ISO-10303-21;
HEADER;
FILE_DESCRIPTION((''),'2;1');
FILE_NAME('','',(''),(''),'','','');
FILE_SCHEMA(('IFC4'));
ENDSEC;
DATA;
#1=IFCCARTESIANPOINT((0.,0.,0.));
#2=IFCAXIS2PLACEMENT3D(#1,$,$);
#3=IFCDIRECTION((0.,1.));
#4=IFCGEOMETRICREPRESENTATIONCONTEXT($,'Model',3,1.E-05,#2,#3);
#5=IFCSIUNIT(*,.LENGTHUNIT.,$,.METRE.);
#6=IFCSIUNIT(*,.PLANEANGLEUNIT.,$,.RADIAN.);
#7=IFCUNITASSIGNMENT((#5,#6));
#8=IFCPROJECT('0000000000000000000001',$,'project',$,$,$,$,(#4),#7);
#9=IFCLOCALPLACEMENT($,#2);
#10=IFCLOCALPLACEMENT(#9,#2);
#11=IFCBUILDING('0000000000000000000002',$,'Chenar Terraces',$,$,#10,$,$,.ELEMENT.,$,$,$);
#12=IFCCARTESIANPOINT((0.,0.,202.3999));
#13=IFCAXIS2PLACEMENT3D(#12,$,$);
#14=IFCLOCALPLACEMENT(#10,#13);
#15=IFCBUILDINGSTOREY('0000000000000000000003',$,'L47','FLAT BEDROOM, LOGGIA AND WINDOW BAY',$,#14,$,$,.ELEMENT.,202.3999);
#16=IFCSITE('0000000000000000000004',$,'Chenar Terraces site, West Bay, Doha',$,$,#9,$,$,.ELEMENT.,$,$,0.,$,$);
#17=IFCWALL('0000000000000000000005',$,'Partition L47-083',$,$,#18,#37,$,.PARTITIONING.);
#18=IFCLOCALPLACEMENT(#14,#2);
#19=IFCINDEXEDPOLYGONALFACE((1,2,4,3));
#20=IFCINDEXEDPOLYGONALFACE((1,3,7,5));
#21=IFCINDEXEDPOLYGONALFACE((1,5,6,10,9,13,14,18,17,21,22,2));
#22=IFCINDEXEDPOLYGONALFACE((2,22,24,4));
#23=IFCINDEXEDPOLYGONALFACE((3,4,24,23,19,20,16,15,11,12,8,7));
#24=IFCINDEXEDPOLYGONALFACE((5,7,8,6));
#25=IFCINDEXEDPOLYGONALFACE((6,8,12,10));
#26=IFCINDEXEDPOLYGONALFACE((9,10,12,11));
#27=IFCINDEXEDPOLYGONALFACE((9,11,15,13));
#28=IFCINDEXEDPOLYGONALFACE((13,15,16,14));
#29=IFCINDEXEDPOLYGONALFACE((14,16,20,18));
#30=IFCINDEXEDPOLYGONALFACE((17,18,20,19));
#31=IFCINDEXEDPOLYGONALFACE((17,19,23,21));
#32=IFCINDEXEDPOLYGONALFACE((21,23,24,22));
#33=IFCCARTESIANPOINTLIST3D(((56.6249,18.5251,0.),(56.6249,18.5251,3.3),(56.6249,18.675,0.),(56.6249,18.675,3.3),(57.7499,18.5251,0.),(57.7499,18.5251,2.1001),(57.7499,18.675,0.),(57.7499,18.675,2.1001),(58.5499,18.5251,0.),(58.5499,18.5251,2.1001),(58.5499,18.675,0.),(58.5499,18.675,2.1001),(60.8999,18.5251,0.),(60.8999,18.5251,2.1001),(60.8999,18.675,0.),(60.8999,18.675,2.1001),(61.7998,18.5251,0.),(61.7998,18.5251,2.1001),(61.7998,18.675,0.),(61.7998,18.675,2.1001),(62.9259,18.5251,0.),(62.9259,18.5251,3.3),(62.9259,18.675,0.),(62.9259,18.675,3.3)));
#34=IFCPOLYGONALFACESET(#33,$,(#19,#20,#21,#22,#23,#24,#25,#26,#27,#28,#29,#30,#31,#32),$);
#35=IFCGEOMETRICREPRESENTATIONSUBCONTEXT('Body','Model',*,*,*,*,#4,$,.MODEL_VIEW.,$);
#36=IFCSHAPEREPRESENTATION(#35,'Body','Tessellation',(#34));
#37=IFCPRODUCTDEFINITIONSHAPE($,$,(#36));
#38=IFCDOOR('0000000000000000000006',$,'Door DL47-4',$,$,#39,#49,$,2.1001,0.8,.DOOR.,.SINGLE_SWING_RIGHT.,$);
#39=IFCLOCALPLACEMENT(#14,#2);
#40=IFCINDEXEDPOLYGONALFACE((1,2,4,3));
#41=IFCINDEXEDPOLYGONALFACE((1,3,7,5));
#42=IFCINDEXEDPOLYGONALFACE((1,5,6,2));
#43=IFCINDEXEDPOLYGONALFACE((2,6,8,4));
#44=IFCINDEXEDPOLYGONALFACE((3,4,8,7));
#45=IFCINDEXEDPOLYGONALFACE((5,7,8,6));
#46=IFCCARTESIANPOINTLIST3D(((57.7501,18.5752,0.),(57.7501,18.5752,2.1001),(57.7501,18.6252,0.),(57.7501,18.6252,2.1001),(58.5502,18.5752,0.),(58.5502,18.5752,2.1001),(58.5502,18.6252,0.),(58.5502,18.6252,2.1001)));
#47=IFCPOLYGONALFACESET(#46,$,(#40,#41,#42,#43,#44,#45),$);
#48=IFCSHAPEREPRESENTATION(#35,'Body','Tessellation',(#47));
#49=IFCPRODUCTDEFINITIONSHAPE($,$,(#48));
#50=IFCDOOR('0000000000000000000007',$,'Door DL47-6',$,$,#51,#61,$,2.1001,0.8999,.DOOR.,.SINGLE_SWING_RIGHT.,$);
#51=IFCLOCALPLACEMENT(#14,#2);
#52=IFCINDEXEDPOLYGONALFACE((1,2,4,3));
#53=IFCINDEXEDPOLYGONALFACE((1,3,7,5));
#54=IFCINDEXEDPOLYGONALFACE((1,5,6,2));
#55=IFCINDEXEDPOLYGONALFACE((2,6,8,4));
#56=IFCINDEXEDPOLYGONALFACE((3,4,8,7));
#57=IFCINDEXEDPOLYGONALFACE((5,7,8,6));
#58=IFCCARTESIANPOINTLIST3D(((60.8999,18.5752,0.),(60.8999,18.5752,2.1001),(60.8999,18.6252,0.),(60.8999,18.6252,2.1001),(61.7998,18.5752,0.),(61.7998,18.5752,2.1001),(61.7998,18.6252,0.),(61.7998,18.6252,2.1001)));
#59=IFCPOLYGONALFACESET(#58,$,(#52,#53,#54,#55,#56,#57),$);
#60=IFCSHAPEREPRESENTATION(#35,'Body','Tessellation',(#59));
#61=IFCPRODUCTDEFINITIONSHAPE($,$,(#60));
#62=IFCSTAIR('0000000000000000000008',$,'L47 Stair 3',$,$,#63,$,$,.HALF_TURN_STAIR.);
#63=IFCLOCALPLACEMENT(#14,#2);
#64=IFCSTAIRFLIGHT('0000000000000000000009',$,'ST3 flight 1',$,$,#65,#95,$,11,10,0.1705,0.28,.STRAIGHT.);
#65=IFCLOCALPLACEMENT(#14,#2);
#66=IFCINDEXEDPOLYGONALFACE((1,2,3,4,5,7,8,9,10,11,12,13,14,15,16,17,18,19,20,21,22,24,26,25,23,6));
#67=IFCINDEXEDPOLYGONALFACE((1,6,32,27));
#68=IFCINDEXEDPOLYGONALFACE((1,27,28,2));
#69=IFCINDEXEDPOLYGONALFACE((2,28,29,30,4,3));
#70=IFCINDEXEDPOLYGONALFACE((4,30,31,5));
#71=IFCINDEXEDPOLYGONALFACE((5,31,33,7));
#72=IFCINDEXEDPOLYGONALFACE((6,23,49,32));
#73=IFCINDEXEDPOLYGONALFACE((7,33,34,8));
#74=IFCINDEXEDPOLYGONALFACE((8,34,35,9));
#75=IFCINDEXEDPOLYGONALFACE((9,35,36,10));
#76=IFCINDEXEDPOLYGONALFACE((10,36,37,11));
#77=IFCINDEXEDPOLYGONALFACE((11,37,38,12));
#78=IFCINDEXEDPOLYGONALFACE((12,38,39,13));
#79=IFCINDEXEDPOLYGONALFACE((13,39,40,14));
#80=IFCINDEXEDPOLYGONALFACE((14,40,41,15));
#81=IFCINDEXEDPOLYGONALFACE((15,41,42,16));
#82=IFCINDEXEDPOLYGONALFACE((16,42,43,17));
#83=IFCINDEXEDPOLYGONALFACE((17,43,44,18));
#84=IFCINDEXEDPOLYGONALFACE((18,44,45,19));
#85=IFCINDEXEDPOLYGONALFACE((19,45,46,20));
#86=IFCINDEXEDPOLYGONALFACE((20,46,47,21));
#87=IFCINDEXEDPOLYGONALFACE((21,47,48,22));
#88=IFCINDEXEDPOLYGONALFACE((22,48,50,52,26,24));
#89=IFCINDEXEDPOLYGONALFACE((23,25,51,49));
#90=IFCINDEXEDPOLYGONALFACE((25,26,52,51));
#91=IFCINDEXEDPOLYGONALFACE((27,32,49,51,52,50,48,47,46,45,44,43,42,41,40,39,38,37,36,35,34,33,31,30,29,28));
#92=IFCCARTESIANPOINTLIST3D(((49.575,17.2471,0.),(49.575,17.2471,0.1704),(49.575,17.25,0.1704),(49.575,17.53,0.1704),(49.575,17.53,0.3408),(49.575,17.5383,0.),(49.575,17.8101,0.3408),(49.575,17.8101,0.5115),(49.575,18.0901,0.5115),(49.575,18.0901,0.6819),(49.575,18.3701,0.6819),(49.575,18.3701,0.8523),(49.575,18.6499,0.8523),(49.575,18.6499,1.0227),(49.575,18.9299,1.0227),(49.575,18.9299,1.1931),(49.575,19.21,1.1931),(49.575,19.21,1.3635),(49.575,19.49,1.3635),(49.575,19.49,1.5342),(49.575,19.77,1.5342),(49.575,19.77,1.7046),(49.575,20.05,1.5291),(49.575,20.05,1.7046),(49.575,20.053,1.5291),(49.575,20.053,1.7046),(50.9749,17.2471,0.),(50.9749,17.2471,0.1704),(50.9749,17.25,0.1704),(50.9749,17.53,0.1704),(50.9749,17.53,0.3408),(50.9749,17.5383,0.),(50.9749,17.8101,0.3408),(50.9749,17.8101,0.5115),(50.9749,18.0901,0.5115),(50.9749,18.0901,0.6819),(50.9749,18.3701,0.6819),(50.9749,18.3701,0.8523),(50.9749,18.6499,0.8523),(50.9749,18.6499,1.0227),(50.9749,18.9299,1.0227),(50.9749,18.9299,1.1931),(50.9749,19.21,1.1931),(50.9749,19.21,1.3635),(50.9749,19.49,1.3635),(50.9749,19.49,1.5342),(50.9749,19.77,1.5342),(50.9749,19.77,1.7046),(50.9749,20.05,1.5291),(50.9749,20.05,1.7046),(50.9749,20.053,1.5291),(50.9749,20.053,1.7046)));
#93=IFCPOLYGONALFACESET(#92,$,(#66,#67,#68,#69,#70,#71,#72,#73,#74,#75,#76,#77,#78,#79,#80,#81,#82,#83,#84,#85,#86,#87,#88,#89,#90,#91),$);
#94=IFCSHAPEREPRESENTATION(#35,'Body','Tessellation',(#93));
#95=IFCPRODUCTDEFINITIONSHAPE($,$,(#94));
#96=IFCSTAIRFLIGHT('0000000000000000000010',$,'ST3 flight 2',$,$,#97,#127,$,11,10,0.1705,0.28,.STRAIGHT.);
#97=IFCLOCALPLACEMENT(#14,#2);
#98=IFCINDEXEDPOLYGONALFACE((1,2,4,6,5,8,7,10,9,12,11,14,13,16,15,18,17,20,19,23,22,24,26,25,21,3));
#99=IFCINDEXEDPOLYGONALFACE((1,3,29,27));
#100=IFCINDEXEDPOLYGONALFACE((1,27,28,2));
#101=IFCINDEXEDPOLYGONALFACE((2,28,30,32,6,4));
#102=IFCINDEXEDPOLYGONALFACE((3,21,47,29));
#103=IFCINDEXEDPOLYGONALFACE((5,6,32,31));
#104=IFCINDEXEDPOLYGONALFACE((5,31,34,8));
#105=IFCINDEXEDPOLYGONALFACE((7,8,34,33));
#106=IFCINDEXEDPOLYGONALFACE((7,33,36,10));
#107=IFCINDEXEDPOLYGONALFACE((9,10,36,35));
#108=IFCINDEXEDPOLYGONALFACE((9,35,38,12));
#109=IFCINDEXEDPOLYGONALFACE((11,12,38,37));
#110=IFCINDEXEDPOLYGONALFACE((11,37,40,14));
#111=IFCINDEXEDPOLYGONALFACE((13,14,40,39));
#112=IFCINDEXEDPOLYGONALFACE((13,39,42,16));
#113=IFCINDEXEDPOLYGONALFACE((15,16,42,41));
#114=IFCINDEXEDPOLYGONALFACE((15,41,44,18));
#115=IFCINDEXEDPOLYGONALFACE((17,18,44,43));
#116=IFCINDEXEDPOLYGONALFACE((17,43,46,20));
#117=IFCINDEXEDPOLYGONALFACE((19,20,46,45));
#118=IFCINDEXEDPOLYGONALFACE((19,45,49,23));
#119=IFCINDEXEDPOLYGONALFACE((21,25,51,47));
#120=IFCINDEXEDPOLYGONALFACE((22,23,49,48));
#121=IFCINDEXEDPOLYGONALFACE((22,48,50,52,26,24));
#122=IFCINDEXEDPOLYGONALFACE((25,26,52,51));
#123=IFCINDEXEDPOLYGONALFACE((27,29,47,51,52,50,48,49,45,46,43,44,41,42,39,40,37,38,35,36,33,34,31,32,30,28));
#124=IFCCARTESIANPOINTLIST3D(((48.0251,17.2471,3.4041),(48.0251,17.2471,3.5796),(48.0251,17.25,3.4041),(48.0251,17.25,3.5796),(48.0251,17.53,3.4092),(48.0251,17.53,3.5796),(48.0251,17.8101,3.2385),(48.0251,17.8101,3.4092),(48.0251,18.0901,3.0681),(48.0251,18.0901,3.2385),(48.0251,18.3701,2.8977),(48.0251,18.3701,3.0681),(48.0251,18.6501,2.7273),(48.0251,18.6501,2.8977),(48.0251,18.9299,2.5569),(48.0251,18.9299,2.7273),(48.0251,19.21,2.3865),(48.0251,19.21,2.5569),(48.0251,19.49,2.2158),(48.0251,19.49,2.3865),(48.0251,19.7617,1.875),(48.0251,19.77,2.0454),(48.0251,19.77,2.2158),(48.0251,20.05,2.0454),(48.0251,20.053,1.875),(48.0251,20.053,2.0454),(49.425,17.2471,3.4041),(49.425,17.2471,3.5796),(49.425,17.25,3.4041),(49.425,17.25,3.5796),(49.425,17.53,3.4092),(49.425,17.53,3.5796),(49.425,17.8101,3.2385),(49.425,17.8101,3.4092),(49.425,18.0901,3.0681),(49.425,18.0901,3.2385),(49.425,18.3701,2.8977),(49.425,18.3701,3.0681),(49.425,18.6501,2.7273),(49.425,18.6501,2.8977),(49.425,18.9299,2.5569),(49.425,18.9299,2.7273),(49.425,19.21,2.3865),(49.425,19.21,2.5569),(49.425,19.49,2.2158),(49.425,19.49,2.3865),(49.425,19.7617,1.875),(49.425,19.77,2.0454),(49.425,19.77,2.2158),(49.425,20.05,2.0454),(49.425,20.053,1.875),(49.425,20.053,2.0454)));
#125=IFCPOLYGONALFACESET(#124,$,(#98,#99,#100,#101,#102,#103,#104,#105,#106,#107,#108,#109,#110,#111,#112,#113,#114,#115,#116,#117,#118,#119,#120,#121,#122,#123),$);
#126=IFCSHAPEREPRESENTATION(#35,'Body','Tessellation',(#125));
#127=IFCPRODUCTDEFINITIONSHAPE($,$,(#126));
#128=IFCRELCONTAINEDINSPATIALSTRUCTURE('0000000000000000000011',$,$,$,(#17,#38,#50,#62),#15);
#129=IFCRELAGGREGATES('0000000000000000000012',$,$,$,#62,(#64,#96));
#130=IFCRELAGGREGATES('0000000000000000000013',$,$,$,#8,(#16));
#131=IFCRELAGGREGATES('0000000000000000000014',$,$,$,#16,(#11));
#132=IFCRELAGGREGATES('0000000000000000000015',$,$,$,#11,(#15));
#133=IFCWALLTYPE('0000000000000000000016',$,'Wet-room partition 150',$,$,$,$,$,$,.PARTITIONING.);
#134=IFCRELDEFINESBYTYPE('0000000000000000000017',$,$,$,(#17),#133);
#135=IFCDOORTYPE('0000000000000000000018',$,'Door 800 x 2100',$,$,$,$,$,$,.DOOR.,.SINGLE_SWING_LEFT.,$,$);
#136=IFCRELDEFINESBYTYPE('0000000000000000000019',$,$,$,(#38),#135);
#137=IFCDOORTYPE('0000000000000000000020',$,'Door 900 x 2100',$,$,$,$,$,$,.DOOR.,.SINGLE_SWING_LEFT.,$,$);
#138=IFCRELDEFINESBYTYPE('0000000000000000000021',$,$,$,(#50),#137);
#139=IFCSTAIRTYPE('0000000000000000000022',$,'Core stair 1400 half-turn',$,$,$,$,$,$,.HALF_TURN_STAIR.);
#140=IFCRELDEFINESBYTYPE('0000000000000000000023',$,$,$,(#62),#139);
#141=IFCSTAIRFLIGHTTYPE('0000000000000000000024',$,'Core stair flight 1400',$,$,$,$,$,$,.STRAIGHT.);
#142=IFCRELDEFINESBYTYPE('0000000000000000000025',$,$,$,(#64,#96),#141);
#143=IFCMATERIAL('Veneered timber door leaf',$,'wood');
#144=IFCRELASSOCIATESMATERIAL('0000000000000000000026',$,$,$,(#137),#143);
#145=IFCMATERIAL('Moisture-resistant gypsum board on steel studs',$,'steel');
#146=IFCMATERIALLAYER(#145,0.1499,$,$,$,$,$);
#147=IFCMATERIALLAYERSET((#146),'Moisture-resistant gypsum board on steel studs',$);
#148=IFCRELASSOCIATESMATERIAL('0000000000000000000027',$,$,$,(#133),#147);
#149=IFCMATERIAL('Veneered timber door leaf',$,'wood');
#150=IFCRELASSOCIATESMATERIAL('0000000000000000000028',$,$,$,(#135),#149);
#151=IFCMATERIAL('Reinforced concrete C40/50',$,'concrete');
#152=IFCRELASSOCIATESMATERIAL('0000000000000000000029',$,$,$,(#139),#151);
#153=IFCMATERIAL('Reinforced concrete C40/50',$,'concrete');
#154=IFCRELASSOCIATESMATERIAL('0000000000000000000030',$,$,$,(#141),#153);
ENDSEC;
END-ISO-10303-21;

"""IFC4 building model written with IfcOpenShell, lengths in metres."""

from ifc_helpers import new_model, si_unit, direction, frame, frame_2d, origin, place, context, subcontext, project, spatial, polyline, rectangle, outline, extrude, material, layer, layer_set, type_object, element, fill, aggregate, save


model = new_model("IFC4")

# Units and contexts
model_context = context("Model", 3, precision=1e-05, world=origin(), true_north=direction((0.0, 1.0)))
body_context = subcontext(model_context, "Body", "Model", "MODEL_VIEW")
ifc_project = project(units=[si_unit("LENGTHUNIT", "METRE"), si_unit("PLANEANGLEUNIT", "RADIAN")], contexts=[model_context])

# Site, building, storey
site_placement = place(None, origin())
site = spatial("IfcSite", under=ifc_project, at=site_placement, Name="Chenar Terraces site, West Bay, Doha", CompositionType="ELEMENT", RefElevation=0.0)
building_placement = place(site_placement, origin())
building = spatial("IfcBuilding", under=site, at=building_placement, Name="Chenar Terraces", CompositionType="ELEMENT")
storey_placement = place(building_placement, frame((0.0, 0.0, 202.3999)))
storey = spatial("IfcBuildingStorey", under=building, at=storey_placement, Name="L47", Description="FLAT BEDROOM, LOGGIA AND WINDOW BAY", CompositionType="ELEMENT", Elevation=202.3999)

# Shared definitions
ifc_material_1 = material(Name="Veneered timber door leaf", Category="wood")
door_type_1 = type_object("IfcDoorType", Name="Door 900 x 2100", OperationType="SINGLE_SWING_LEFT", PredefinedType="DOOR", material=ifc_material_1)

# Wall, openings, doors
ifc_material_2 = material(Name="Moisture-resistant gypsum board on steel studs", Category="steel")
ifc_layer_1 = layer(ifc_material_2, 0.1499)
ifc_layer_set_1 = layer_set([ifc_layer_1], Name="Moisture-resistant gypsum board on steel studs")
wall_type_1 = type_object("IfcWallType", Name="Wet-room partition 150", PredefinedType="PARTITIONING", material=ifc_layer_set_1)
wall_1_placement = place(storey_placement, frame((56.625, 18.6001, 0.0), z_axis=(0.0, 0.0, 1.0), x_axis=(1.0, 0.0, 0.0)))
wall_1 = element("IfcWall", 1, at=wall_1_placement, inside=storey, type_object=wall_type_1, Name="Partition L47-083", PredefinedType="PARTITIONING", context=body_context, shape_type="SweptSolid", body=[
    extrude(rectangle(XDim=6.301, YDim=0.1499, at=frame_2d((3.1504, 0.0))), origin(), (0.0, 0.0, 1.0), 3.3),
])
opening_1_placement = place(wall_1_placement, frame((1.125, 0.0, 0.0)))
opening_1 = element("IfcOpeningElement", 2, at=opening_1_placement, cuts=wall_1, PredefinedType="OPENING", context=body_context, shape_type="SweptSolid", body=[
    extrude(rectangle(XDim=0.8, YDim=2.1001, at=frame_2d((0.3999, 1.05))), frame((0.0, 0.085, 0.0), z_axis=(0.0, -1.0, 0.0), x_axis=(1.0, 0.0, 0.0)), (0.0, 0.0, 1.0), 0.1699),
])
opening_2_placement = place(wall_1_placement, frame((4.2749, 0.0, 0.0)))
opening_2 = element("IfcOpeningElement", 3, at=opening_2_placement, cuts=wall_1, PredefinedType="OPENING", context=body_context, shape_type="SweptSolid", body=[
    extrude(rectangle(XDim=0.8999, YDim=2.1001, at=frame_2d((0.45, 1.05))), frame((0.0, 0.085, 0.0), z_axis=(0.0, -1.0, 0.0), x_axis=(1.0, 0.0, 0.0)), (0.0, 0.0, 1.0), 0.1699),
])
ifc_material_3 = material(Name="Veneered timber door leaf", Category="wood")
door_type_2 = type_object("IfcDoorType", Name="Door 800 x 2100", OperationType="SINGLE_SWING_LEFT", PredefinedType="DOOR", material=ifc_material_3)
door_1_placement = place(opening_1_placement, frame((0.8, 0.0, 0.0), z_axis=(0.0, 0.0, 1.0), x_axis=(-1.0, 0.0, 0.0)))
door_1 = element("IfcDoor", 4, at=door_1_placement, inside=storey, type_object=door_type_2, Name="Door DL47-4", OperationType="SINGLE_SWING_RIGHT", OverallHeight=2.1001, OverallWidth=0.8, PredefinedType="DOOR", context=body_context, shape_type="SweptSolid", body=[
    extrude(rectangle(XDim=0.8, YDim=2.1001, at=frame_2d((0.3999, 1.05))), frame((0.0, 0.0249, 0.0), z_axis=(0.0, -1.0, 0.0), x_axis=(1.0, 0.0, 0.0)), (0.0, 0.0, 1.0), 0.05),
])
fill(opening_1, door_1)
door_2_placement = place(opening_2_placement, frame((0.8999, 0.0, 0.0), z_axis=(0.0, 0.0, 1.0), x_axis=(-1.0, 0.0, 0.0)))
door_2 = element("IfcDoor", 5, at=door_2_placement, inside=storey, type_object=door_type_1, Name="Door DL47-6", OperationType="SINGLE_SWING_RIGHT", OverallHeight=2.1001, OverallWidth=0.8999, PredefinedType="DOOR", context=body_context, shape_type="SweptSolid", body=[
    extrude(rectangle(XDim=0.8999, YDim=2.1001, at=frame_2d((0.45, 1.05))), frame((0.0, 0.0249, 0.0), z_axis=(0.0, -1.0, 0.0), x_axis=(1.0, 0.0, 0.0)), (0.0, 0.0, 1.0), 0.05),
])
fill(opening_2, door_2)

# Stair, stair flights
ifc_material_4 = material(Name="Reinforced concrete C40/50", Category="concrete")
stair_type = type_object("IfcStairType", Name="Core stair 1400 half-turn", PredefinedType="HALF_TURN_STAIR", material=ifc_material_4)
stair_placement = place(storey_placement, origin())
stair = element("IfcStair", 6, at=stair_placement, inside=storey, type_object=stair_type, Name="L47 Stair 3", PredefinedType="HALF_TURN_STAIR")
ifc_material_5 = material(Name="Reinforced concrete C40/50", Category="concrete")
stair_flight_type = type_object("IfcStairFlightType", Name="Core stair flight 1400", PredefinedType="STRAIGHT", material=ifc_material_5)
stair_flight_1_placement = place(storey_placement, frame((50.2749, 17.25, 0.0), z_axis=(0.0, 0.0, 1.0), x_axis=(0.0, 1.0, 0.0)))
stair_flight_1 = element("IfcStairFlight", 7, at=stair_flight_1_placement, type_object=stair_flight_type, Name="ST3 flight 1", NumberOfRisers=11, NumberOfTreads=10, PredefinedType="STRAIGHT", RiserHeight=0.1705, TreadLength=0.28, context=body_context, shape_type="SweptSolid", body=[
    extrude(outline(polyline([(-0.0029, 0.0), (-0.0029, 0.1704), (0.0, 0.1704), (0.28, 0.1704), (0.28, 0.3408), (0.5601, 0.3408), (0.5601, 0.5115), (0.8401, 0.5115), (0.8401, 0.6819), (1.1201, 0.6819), (1.1201, 0.8523), (1.3999, 0.8523), (1.3999, 1.0227), (1.6799, 1.0227), (1.6799, 1.1931), (1.96, 1.1931), (1.96, 1.3635), (2.24, 1.3635), (2.24, 1.5342), (2.52, 1.5342), (2.52, 1.7046), (2.8, 1.7046), (2.803, 1.7046), (2.803, 1.5291), (2.8, 1.5291), (0.2883, 0.0), (-0.0029, 0.0)])), frame((0.0, 0.7, 0.0), z_axis=(0.0, -1.0, 0.0), x_axis=(1.0, 0.0, 0.0)), (0.0, 0.0, 1.0), 1.3999),
])
stair_flight_2_placement = place(storey_placement, frame((48.7251, 20.05, 1.875), z_axis=(0.0, 0.0, 1.0), x_axis=(0.0, -1.0, 0.0)))
stair_flight_2 = element("IfcStairFlight", 8, at=stair_flight_2_placement, type_object=stair_flight_type, Name="ST3 flight 2", NumberOfRisers=11, NumberOfTreads=10, PredefinedType="STRAIGHT", RiserHeight=0.1705, TreadLength=0.28, context=body_context, shape_type="SweptSolid", body=[
    extrude(outline(polyline([(-0.0029, 0.0), (-0.0029, 0.1704), (0.0, 0.1704), (0.28, 0.1704), (0.28, 0.3408), (0.5601, 0.3408), (0.5601, 0.5115), (0.8401, 0.5115), (0.8401, 0.6819), (1.1201, 0.6819), (1.1201, 0.8523), (1.3999, 0.8523), (1.3999, 1.0227), (1.6799, 1.0227), (1.6799, 1.1931), (1.96, 1.1931), (1.96, 1.3635), (2.24, 1.3635), (2.24, 1.5342), (2.52, 1.5342), (2.52, 1.7046), (2.8, 1.7046), (2.803, 1.7046), (2.803, 1.5291), (2.8, 1.5291), (0.2883, 0.0), (-0.0029, 0.0)])), frame((0.0, 0.7, 0.0), z_axis=(0.0, -1.0, 0.0), x_axis=(1.0, 0.0, 0.0)), (0.0, 0.0, 1.0), 1.3999),
])
aggregate(stair, [stair_flight_1, stair_flight_2])

save(model, "model.ifc")
